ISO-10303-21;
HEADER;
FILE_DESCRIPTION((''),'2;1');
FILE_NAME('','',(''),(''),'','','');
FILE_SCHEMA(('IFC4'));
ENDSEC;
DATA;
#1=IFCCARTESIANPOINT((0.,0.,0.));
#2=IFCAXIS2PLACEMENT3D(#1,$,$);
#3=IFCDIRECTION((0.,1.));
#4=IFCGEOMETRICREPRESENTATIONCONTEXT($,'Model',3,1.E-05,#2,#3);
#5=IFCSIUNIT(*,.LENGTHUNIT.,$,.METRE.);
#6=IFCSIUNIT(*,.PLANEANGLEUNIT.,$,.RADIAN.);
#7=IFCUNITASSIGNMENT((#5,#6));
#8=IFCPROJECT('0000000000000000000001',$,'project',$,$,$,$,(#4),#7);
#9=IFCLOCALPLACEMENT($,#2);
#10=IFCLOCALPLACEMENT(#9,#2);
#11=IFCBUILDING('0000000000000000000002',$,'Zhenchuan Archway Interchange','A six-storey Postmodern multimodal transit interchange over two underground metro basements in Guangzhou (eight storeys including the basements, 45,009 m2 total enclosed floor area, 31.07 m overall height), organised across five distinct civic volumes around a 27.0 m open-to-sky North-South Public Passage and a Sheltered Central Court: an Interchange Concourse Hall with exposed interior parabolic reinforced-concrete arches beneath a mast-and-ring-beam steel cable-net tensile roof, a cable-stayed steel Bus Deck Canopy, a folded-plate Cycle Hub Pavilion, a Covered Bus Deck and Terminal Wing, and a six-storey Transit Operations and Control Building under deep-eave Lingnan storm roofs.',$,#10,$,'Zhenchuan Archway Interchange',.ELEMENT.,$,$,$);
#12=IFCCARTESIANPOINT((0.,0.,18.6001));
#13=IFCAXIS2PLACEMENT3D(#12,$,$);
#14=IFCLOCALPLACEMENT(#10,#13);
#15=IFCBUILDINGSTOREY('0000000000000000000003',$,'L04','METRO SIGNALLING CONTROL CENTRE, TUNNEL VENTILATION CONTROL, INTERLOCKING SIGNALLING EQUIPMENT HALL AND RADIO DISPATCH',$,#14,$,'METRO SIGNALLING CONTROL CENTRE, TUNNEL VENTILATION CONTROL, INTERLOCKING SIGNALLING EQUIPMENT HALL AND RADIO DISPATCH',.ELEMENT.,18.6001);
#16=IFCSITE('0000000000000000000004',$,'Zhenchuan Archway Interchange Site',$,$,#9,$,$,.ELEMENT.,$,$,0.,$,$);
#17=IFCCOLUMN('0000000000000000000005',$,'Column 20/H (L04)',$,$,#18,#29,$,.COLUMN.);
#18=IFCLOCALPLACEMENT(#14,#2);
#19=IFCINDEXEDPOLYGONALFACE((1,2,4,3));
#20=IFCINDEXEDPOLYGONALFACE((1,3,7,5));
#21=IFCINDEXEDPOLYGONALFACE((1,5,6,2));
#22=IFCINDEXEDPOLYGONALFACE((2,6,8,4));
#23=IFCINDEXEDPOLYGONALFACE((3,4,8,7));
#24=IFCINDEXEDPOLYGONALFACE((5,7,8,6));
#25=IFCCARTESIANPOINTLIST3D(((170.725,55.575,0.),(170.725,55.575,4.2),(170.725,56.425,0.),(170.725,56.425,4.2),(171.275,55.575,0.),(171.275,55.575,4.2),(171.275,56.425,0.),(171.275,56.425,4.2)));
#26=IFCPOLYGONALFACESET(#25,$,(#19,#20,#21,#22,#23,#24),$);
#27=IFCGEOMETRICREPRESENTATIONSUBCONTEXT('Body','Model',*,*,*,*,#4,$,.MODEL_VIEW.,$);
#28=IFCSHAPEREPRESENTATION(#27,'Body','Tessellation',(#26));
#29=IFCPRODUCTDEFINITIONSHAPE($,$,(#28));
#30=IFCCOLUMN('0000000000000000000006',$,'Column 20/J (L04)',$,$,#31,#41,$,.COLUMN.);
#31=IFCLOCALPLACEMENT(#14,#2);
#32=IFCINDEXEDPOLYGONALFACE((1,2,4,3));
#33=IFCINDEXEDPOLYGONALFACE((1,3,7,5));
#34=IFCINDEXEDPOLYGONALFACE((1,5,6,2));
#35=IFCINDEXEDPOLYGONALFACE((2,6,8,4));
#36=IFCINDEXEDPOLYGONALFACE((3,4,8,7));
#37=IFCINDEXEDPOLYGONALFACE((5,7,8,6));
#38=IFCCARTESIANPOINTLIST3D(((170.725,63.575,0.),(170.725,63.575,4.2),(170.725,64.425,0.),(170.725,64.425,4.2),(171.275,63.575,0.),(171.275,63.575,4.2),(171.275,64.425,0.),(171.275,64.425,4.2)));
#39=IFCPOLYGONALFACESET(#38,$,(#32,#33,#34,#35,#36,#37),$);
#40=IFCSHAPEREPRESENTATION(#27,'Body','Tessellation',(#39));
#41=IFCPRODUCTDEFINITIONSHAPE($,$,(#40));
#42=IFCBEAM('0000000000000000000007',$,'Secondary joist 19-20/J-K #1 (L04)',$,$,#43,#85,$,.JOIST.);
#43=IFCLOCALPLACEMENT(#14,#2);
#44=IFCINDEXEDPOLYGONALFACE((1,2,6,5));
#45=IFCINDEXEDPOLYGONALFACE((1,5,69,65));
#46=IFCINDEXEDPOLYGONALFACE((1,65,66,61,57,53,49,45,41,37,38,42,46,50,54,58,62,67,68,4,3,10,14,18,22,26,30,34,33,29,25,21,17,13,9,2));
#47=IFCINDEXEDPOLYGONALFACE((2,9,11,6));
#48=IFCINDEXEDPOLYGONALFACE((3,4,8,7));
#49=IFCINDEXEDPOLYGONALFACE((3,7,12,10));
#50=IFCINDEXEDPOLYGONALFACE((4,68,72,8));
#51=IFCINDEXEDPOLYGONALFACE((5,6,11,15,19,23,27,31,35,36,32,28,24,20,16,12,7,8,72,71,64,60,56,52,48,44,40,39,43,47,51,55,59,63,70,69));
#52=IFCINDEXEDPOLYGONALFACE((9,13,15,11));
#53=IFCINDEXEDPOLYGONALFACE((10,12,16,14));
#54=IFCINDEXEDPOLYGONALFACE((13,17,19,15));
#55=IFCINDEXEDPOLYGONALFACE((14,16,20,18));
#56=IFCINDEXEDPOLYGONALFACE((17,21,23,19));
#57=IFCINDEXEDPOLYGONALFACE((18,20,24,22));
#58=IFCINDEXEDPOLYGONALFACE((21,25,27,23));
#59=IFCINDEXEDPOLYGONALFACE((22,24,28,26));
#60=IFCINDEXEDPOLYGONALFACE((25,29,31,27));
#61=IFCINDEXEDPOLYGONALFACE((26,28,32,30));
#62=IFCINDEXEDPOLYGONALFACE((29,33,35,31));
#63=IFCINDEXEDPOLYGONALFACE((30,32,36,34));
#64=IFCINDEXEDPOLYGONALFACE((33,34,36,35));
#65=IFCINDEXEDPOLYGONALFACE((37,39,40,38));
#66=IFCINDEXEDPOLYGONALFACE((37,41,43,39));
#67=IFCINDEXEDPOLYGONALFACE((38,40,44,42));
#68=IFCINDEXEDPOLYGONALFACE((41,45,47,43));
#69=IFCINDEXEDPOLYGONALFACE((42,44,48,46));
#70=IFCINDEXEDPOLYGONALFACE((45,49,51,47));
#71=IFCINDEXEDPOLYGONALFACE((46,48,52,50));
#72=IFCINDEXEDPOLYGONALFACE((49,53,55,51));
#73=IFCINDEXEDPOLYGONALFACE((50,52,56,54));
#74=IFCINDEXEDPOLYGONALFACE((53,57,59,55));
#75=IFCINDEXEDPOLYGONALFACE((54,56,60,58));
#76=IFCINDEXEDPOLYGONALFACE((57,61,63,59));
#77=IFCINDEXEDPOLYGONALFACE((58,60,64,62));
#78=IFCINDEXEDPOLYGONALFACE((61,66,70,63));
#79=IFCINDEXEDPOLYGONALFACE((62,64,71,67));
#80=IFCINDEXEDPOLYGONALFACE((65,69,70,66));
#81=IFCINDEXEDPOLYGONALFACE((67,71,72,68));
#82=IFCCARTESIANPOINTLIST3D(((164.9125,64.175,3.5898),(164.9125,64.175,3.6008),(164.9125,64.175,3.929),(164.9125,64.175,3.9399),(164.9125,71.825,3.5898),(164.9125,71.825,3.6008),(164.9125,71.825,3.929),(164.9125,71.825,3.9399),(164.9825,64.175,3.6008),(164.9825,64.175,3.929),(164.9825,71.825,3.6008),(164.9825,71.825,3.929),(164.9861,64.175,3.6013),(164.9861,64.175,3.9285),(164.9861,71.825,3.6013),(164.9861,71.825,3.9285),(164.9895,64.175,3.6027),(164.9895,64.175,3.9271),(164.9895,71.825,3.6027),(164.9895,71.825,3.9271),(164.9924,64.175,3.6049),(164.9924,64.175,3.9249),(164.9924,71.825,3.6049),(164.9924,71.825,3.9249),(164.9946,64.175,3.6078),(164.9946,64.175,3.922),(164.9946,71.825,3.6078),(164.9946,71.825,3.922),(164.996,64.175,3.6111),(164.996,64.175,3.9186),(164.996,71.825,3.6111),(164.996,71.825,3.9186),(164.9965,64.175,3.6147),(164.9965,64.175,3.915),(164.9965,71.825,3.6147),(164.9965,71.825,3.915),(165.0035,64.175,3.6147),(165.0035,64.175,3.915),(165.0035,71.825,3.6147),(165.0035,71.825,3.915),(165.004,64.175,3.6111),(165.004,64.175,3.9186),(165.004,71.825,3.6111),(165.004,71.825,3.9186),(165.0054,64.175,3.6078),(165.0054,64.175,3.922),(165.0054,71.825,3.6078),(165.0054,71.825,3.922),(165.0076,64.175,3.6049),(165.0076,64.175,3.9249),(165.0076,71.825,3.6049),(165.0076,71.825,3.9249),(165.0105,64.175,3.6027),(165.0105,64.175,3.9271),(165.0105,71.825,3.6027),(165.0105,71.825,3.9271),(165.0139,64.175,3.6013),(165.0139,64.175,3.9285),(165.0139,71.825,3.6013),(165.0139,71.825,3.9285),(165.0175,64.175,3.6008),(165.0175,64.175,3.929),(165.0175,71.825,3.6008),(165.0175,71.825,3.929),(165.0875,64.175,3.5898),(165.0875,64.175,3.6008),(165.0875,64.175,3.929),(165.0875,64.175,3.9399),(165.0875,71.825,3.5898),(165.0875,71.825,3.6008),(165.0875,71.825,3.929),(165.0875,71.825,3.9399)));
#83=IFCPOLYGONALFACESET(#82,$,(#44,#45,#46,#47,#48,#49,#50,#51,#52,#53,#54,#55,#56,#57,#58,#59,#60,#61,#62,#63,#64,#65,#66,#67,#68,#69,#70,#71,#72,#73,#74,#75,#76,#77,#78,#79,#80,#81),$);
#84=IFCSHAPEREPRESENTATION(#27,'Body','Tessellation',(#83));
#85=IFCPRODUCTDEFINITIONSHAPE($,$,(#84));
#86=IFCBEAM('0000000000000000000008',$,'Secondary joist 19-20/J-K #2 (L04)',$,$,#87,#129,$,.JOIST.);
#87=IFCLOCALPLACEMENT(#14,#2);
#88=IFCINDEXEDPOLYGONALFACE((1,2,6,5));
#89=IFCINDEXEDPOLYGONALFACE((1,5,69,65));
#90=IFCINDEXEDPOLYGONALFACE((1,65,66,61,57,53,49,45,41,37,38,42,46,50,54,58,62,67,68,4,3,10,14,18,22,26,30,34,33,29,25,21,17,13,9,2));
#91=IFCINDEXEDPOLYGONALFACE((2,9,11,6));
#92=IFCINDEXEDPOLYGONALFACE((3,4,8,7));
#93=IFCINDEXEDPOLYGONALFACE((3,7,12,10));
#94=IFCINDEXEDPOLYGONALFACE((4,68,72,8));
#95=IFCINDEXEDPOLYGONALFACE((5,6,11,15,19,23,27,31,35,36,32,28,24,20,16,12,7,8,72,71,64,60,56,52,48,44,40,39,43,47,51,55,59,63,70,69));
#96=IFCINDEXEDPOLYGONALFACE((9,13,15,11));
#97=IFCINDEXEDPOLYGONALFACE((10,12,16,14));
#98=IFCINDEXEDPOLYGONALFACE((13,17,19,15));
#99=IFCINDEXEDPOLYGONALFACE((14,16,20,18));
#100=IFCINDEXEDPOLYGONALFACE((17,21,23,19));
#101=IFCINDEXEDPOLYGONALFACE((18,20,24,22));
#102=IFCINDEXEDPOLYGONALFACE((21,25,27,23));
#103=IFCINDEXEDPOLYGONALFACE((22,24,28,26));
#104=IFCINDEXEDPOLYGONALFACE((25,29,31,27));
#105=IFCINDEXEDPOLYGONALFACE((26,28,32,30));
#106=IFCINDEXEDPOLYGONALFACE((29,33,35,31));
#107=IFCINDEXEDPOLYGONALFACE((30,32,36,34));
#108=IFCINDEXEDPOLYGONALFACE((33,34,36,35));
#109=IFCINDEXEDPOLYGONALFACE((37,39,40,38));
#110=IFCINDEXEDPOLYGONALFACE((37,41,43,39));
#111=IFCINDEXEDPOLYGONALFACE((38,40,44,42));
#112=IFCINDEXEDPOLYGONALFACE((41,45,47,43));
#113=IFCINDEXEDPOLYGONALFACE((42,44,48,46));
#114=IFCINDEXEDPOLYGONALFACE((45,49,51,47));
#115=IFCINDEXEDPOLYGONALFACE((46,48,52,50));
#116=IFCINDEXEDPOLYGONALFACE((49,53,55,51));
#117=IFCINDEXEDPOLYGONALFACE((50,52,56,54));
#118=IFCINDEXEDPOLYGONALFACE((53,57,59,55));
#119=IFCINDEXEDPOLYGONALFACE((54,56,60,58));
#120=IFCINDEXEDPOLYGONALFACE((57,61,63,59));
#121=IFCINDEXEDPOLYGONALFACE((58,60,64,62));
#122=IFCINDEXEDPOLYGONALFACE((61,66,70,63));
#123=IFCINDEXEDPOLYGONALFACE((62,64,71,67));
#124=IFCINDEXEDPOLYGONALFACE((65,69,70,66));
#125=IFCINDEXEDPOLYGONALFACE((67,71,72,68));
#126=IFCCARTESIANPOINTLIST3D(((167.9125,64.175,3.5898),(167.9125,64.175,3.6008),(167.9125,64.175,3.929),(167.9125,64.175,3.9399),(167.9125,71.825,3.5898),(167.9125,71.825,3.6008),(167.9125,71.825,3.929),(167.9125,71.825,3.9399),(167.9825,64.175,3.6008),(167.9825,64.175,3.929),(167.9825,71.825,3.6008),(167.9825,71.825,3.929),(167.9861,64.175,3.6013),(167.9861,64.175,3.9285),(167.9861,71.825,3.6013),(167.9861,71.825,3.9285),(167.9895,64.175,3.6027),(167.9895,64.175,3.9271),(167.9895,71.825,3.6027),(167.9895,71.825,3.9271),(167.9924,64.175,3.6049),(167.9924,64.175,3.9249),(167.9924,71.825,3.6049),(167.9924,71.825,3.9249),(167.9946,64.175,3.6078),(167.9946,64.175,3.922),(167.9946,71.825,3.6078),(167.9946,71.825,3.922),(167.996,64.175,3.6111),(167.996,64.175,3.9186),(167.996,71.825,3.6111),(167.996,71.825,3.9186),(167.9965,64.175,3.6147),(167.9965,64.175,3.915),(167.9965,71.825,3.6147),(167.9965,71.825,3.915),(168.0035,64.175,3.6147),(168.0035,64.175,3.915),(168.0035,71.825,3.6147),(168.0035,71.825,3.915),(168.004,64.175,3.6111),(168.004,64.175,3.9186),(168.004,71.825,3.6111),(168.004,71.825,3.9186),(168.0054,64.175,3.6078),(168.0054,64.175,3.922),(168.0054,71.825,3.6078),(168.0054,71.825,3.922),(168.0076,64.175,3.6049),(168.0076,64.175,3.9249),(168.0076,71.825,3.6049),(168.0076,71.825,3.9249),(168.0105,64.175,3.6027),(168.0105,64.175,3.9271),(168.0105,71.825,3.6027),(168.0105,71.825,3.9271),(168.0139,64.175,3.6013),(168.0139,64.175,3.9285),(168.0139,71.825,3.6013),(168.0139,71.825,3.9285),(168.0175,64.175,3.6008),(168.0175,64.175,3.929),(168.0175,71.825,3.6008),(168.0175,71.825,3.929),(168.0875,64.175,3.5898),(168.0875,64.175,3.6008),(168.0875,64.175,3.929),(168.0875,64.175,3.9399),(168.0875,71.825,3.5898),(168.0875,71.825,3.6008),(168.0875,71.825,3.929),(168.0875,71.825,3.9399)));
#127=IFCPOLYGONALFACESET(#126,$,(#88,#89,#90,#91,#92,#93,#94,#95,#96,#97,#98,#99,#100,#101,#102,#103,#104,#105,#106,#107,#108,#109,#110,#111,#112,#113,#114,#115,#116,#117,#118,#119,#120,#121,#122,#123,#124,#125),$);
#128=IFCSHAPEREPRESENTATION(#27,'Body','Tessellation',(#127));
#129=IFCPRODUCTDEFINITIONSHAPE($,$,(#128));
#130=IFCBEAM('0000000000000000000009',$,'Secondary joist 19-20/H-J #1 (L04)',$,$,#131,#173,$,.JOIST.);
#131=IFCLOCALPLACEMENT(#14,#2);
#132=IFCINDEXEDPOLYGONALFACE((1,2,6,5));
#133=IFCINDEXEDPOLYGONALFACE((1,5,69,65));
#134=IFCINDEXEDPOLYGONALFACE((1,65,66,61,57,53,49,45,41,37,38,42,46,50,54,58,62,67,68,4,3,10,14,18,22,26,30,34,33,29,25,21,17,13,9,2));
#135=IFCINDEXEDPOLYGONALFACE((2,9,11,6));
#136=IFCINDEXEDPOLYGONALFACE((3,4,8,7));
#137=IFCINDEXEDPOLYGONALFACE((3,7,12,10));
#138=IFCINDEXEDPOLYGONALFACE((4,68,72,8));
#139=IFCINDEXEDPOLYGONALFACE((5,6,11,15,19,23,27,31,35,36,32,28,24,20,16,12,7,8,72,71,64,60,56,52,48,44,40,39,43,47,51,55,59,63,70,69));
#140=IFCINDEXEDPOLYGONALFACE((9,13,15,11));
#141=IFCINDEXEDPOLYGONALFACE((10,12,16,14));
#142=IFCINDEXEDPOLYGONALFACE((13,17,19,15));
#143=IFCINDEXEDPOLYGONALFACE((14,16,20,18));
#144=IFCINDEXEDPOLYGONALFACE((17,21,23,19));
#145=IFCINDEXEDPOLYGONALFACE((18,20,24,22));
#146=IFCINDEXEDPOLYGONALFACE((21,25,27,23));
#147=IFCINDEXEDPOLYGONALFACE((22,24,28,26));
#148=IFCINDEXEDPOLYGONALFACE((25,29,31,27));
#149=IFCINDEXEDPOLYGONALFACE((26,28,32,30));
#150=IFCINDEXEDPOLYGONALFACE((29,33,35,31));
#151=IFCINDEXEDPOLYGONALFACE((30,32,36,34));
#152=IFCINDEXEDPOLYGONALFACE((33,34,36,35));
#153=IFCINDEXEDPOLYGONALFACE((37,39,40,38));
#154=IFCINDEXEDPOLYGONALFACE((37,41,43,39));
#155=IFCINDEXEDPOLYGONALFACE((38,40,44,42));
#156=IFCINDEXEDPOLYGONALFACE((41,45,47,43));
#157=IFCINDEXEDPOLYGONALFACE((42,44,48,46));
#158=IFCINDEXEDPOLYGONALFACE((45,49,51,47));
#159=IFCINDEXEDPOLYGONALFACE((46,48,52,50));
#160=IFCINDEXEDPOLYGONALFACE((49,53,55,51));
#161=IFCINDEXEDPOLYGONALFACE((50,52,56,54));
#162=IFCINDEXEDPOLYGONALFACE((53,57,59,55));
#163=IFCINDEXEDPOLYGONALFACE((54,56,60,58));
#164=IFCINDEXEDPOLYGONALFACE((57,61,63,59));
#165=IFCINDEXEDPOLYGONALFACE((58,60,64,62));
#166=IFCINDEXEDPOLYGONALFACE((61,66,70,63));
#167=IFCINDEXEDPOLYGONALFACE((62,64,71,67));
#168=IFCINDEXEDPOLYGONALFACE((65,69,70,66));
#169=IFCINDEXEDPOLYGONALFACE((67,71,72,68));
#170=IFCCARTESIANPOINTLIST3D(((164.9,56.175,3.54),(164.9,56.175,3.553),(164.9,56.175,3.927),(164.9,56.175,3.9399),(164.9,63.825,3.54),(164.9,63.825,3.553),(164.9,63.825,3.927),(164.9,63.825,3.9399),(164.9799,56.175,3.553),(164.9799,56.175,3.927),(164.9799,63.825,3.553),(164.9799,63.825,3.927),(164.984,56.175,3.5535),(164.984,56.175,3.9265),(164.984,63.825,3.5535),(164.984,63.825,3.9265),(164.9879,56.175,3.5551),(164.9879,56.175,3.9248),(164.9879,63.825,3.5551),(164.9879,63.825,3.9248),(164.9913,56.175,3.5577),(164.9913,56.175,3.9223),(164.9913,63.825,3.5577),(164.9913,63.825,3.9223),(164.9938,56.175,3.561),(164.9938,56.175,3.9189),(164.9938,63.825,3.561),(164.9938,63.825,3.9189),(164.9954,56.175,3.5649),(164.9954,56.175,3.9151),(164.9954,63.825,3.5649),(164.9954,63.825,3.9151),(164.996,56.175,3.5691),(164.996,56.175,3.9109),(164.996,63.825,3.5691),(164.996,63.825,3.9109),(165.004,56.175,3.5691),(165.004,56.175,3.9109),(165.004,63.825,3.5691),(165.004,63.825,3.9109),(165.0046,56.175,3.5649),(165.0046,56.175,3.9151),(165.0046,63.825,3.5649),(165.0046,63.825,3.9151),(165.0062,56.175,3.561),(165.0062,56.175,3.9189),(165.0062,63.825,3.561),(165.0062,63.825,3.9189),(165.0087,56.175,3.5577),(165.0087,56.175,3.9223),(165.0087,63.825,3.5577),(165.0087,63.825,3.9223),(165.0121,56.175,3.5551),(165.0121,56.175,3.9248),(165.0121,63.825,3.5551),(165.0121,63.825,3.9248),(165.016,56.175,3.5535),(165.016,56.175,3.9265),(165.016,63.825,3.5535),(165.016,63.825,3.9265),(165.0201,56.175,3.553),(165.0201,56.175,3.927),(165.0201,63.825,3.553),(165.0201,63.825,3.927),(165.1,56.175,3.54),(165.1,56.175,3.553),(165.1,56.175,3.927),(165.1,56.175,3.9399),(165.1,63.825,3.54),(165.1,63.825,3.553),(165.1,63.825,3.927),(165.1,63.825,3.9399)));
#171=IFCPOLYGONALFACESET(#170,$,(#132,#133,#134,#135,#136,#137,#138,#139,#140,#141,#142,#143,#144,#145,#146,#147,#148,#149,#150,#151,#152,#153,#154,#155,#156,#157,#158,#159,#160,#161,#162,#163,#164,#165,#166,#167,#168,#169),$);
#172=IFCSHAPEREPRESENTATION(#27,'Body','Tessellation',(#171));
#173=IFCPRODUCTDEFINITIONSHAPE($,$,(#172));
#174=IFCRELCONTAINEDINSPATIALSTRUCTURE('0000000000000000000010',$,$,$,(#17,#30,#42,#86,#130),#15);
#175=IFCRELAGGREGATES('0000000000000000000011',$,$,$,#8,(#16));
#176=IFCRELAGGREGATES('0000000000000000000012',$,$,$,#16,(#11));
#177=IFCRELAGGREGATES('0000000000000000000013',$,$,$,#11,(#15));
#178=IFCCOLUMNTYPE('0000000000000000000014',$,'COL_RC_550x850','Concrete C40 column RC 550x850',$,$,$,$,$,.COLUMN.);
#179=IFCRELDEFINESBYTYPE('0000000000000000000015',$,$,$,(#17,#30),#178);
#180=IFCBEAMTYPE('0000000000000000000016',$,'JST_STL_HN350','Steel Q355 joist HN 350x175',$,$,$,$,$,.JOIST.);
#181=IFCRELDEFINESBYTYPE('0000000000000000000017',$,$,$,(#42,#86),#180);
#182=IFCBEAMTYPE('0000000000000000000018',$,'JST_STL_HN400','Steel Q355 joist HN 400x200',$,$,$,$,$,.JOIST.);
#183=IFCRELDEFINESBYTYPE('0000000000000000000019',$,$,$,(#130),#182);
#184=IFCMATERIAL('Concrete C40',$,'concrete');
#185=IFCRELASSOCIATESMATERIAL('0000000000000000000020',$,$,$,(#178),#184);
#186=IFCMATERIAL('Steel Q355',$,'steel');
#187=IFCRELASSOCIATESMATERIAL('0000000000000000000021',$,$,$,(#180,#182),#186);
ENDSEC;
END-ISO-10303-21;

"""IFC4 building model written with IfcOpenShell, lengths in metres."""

from ifc_helpers import new_model, si_unit, direction, frame, origin, origin_2d, place, context, subcontext, project, spatial, rectangle, i_section, extrude, material, material_profile, profile_set, type_object, element, save


model = new_model("IFC4")

# Units and contexts
model_context = context("Model", 3, precision=1e-05, world=origin(), true_north=direction((0.0, 1.0)))
body_context = subcontext(model_context, "Body", "Model", "MODEL_VIEW")
ifc_project = project(units=[si_unit("LENGTHUNIT", "METRE"), si_unit("PLANEANGLEUNIT", "RADIAN")], contexts=[model_context])

# Site, building, storey
site_placement = place(None, origin())
site = spatial("IfcSite", under=ifc_project, at=site_placement, Name="Zhenchuan Archway Interchange Site", CompositionType="ELEMENT", RefElevation=0.0)
building_placement = place(site_placement, origin())
building = spatial("IfcBuilding", under=site, at=building_placement, Name="Zhenchuan Archway Interchange", Description="A six-storey Postmodern multimodal transit interchange over two underground metro basements in Guangzhou (eight storeys including the basements, 45,009 m2 total enclosed floor area, 31.07 m overall height), organised across five distinct civic volumes around a 27.0 m open-to-sky North-South Public Passage and a Sheltered Central Court: an Interchange Concourse Hall with exposed interior parabolic reinforced-concrete arches beneath a mast-and-ring-beam steel cable-net tensile roof, a cable-stayed steel Bus Deck Canopy, a folded-plate Cycle Hub Pavilion, a Covered Bus Deck and Terminal Wing, and a six-storey Transit Operations and Control Building under deep-eave Lingnan storm roofs.", LongName="Zhenchuan Archway Interchange", CompositionType="ELEMENT")
storey_placement = place(building_placement, frame((0.0, 0.0, 18.6001)))
storey = spatial("IfcBuildingStorey", under=building, at=storey_placement, Name="L04", Description="METRO SIGNALLING CONTROL CENTRE, TUNNEL VENTILATION CONTROL, INTERLOCKING SIGNALLING EQUIPMENT HALL AND RADIO DISPATCH", LongName="METRO SIGNALLING CONTROL CENTRE, TUNNEL VENTILATION CONTROL, INTERLOCKING SIGNALLING EQUIPMENT HALL AND RADIO DISPATCH", CompositionType="ELEMENT", Elevation=18.6001)

# Columns
ifc_material_1 = material(Name="Concrete C40", Category="concrete")
ifc_material_profile_1 = material_profile(ifc_material_1, rectangle(XDim=0.55, YDim=0.8501, at=origin_2d()), Name="RC 550x850")
ifc_profile_set_1 = profile_set([ifc_material_profile_1], Name="Concrete C40")
column_type = type_object("IfcColumnType", Name="COL_RC_550x850", Description="Concrete C40 column RC 550x850", PredefinedType="COLUMN", material=ifc_profile_set_1)
for number, where, z_axis, x_axis, name in (
    (1, (171.0, 56.0, 0.0), (0.0, 0.0, 1.0), (1.0, 0.0, 0.0), "Column 20/H (L04)"),
    (2, (171.0, 64.0, 0.0), (0.0, 0.0, 1.0), (1.0, 0.0, 0.0), "Column 20/J (L04)"),
):
    element("IfcColumn", number, at=place(storey_placement, frame(where, z_axis=z_axis, x_axis=x_axis)), inside=storey, type_object=column_type, Name=name, PredefinedType="COLUMN", context=body_context, shape_type="SweptSolid", body=[
        extrude(rectangle(XDim=0.55, YDim=0.8501, at=origin_2d()), origin(), (0.0, 0.0, 1.0), 4.2),
    ])

# Beams
ifc_material_2 = material(Name="Steel Q355", Category="steel")
ifc_material_profile_2 = material_profile(ifc_material_2, i_section(OverallWidth=0.175, OverallDepth=0.3501, WebThickness=0.0071, FlangeThickness=0.011, FilletRadius=0.0139, at=origin_2d()), Name="HN 350x175")
ifc_profile_set_2 = profile_set([ifc_material_profile_2], Name="Steel Q355")
beam_type_1 = type_object("IfcBeamType", Name="JST_STL_HN350", Description="Steel Q355 joist HN 350x175", PredefinedType="JOIST", material=ifc_profile_set_2)
for number, where, z_axis, x_axis, name in (
    (3, (165.0, 64.175, 3.7649), (0.0, 1.0, 0.0), (-1.0, 0.0, 0.0), "Secondary joist 19-20/J-K #1 (L04)"),
    (4, (168.0, 64.175, 3.7649), (0.0, 1.0, 0.0), (-1.0, 0.0, 0.0), "Secondary joist 19-20/J-K #2 (L04)"),
):
    element("IfcBeam", number, at=place(storey_placement, frame(where, z_axis=z_axis, x_axis=x_axis)), inside=storey, type_object=beam_type_1, Name=name, PredefinedType="JOIST", context=body_context, shape_type="SweptSolid", body=[
        extrude(i_section(OverallWidth=0.175, OverallDepth=0.3501, WebThickness=0.0071, FlangeThickness=0.011, FilletRadius=0.0139, at=origin_2d()), origin(), (0.0, 0.0, 1.0), 7.6499),
    ])
ifc_material_profile_3 = material_profile(ifc_material_2, i_section(OverallWidth=0.2, OverallDepth=0.3999, WebThickness=0.0081, FlangeThickness=0.0129, FilletRadius=0.0161, at=origin_2d()), Name="HN 400x200")
ifc_profile_set_3 = profile_set([ifc_material_profile_3], Name="Steel Q355")
beam_type_2 = type_object("IfcBeamType", Name="JST_STL_HN400", Description="Steel Q355 joist HN 400x200", PredefinedType="JOIST", material=ifc_profile_set_3)
for number, where, z_axis, x_axis, name in (
    (5, (165.0, 56.175, 3.74), (0.0, 1.0, 0.0), (-1.0, 0.0, 0.0), "Secondary joist 19-20/H-J #1 (L04)"),
):
    element("IfcBeam", number, at=place(storey_placement, frame(where, z_axis=z_axis, x_axis=x_axis)), inside=storey, type_object=beam_type_2, Name=name, PredefinedType="JOIST", context=body_context, shape_type="SweptSolid", body=[
        extrude(i_section(OverallWidth=0.2, OverallDepth=0.3999, WebThickness=0.0081, FlangeThickness=0.0129, FilletRadius=0.0161, at=origin_2d()), origin(), (0.0, 0.0, 1.0), 7.6499),
    ])

save(model, "model.ifc")
